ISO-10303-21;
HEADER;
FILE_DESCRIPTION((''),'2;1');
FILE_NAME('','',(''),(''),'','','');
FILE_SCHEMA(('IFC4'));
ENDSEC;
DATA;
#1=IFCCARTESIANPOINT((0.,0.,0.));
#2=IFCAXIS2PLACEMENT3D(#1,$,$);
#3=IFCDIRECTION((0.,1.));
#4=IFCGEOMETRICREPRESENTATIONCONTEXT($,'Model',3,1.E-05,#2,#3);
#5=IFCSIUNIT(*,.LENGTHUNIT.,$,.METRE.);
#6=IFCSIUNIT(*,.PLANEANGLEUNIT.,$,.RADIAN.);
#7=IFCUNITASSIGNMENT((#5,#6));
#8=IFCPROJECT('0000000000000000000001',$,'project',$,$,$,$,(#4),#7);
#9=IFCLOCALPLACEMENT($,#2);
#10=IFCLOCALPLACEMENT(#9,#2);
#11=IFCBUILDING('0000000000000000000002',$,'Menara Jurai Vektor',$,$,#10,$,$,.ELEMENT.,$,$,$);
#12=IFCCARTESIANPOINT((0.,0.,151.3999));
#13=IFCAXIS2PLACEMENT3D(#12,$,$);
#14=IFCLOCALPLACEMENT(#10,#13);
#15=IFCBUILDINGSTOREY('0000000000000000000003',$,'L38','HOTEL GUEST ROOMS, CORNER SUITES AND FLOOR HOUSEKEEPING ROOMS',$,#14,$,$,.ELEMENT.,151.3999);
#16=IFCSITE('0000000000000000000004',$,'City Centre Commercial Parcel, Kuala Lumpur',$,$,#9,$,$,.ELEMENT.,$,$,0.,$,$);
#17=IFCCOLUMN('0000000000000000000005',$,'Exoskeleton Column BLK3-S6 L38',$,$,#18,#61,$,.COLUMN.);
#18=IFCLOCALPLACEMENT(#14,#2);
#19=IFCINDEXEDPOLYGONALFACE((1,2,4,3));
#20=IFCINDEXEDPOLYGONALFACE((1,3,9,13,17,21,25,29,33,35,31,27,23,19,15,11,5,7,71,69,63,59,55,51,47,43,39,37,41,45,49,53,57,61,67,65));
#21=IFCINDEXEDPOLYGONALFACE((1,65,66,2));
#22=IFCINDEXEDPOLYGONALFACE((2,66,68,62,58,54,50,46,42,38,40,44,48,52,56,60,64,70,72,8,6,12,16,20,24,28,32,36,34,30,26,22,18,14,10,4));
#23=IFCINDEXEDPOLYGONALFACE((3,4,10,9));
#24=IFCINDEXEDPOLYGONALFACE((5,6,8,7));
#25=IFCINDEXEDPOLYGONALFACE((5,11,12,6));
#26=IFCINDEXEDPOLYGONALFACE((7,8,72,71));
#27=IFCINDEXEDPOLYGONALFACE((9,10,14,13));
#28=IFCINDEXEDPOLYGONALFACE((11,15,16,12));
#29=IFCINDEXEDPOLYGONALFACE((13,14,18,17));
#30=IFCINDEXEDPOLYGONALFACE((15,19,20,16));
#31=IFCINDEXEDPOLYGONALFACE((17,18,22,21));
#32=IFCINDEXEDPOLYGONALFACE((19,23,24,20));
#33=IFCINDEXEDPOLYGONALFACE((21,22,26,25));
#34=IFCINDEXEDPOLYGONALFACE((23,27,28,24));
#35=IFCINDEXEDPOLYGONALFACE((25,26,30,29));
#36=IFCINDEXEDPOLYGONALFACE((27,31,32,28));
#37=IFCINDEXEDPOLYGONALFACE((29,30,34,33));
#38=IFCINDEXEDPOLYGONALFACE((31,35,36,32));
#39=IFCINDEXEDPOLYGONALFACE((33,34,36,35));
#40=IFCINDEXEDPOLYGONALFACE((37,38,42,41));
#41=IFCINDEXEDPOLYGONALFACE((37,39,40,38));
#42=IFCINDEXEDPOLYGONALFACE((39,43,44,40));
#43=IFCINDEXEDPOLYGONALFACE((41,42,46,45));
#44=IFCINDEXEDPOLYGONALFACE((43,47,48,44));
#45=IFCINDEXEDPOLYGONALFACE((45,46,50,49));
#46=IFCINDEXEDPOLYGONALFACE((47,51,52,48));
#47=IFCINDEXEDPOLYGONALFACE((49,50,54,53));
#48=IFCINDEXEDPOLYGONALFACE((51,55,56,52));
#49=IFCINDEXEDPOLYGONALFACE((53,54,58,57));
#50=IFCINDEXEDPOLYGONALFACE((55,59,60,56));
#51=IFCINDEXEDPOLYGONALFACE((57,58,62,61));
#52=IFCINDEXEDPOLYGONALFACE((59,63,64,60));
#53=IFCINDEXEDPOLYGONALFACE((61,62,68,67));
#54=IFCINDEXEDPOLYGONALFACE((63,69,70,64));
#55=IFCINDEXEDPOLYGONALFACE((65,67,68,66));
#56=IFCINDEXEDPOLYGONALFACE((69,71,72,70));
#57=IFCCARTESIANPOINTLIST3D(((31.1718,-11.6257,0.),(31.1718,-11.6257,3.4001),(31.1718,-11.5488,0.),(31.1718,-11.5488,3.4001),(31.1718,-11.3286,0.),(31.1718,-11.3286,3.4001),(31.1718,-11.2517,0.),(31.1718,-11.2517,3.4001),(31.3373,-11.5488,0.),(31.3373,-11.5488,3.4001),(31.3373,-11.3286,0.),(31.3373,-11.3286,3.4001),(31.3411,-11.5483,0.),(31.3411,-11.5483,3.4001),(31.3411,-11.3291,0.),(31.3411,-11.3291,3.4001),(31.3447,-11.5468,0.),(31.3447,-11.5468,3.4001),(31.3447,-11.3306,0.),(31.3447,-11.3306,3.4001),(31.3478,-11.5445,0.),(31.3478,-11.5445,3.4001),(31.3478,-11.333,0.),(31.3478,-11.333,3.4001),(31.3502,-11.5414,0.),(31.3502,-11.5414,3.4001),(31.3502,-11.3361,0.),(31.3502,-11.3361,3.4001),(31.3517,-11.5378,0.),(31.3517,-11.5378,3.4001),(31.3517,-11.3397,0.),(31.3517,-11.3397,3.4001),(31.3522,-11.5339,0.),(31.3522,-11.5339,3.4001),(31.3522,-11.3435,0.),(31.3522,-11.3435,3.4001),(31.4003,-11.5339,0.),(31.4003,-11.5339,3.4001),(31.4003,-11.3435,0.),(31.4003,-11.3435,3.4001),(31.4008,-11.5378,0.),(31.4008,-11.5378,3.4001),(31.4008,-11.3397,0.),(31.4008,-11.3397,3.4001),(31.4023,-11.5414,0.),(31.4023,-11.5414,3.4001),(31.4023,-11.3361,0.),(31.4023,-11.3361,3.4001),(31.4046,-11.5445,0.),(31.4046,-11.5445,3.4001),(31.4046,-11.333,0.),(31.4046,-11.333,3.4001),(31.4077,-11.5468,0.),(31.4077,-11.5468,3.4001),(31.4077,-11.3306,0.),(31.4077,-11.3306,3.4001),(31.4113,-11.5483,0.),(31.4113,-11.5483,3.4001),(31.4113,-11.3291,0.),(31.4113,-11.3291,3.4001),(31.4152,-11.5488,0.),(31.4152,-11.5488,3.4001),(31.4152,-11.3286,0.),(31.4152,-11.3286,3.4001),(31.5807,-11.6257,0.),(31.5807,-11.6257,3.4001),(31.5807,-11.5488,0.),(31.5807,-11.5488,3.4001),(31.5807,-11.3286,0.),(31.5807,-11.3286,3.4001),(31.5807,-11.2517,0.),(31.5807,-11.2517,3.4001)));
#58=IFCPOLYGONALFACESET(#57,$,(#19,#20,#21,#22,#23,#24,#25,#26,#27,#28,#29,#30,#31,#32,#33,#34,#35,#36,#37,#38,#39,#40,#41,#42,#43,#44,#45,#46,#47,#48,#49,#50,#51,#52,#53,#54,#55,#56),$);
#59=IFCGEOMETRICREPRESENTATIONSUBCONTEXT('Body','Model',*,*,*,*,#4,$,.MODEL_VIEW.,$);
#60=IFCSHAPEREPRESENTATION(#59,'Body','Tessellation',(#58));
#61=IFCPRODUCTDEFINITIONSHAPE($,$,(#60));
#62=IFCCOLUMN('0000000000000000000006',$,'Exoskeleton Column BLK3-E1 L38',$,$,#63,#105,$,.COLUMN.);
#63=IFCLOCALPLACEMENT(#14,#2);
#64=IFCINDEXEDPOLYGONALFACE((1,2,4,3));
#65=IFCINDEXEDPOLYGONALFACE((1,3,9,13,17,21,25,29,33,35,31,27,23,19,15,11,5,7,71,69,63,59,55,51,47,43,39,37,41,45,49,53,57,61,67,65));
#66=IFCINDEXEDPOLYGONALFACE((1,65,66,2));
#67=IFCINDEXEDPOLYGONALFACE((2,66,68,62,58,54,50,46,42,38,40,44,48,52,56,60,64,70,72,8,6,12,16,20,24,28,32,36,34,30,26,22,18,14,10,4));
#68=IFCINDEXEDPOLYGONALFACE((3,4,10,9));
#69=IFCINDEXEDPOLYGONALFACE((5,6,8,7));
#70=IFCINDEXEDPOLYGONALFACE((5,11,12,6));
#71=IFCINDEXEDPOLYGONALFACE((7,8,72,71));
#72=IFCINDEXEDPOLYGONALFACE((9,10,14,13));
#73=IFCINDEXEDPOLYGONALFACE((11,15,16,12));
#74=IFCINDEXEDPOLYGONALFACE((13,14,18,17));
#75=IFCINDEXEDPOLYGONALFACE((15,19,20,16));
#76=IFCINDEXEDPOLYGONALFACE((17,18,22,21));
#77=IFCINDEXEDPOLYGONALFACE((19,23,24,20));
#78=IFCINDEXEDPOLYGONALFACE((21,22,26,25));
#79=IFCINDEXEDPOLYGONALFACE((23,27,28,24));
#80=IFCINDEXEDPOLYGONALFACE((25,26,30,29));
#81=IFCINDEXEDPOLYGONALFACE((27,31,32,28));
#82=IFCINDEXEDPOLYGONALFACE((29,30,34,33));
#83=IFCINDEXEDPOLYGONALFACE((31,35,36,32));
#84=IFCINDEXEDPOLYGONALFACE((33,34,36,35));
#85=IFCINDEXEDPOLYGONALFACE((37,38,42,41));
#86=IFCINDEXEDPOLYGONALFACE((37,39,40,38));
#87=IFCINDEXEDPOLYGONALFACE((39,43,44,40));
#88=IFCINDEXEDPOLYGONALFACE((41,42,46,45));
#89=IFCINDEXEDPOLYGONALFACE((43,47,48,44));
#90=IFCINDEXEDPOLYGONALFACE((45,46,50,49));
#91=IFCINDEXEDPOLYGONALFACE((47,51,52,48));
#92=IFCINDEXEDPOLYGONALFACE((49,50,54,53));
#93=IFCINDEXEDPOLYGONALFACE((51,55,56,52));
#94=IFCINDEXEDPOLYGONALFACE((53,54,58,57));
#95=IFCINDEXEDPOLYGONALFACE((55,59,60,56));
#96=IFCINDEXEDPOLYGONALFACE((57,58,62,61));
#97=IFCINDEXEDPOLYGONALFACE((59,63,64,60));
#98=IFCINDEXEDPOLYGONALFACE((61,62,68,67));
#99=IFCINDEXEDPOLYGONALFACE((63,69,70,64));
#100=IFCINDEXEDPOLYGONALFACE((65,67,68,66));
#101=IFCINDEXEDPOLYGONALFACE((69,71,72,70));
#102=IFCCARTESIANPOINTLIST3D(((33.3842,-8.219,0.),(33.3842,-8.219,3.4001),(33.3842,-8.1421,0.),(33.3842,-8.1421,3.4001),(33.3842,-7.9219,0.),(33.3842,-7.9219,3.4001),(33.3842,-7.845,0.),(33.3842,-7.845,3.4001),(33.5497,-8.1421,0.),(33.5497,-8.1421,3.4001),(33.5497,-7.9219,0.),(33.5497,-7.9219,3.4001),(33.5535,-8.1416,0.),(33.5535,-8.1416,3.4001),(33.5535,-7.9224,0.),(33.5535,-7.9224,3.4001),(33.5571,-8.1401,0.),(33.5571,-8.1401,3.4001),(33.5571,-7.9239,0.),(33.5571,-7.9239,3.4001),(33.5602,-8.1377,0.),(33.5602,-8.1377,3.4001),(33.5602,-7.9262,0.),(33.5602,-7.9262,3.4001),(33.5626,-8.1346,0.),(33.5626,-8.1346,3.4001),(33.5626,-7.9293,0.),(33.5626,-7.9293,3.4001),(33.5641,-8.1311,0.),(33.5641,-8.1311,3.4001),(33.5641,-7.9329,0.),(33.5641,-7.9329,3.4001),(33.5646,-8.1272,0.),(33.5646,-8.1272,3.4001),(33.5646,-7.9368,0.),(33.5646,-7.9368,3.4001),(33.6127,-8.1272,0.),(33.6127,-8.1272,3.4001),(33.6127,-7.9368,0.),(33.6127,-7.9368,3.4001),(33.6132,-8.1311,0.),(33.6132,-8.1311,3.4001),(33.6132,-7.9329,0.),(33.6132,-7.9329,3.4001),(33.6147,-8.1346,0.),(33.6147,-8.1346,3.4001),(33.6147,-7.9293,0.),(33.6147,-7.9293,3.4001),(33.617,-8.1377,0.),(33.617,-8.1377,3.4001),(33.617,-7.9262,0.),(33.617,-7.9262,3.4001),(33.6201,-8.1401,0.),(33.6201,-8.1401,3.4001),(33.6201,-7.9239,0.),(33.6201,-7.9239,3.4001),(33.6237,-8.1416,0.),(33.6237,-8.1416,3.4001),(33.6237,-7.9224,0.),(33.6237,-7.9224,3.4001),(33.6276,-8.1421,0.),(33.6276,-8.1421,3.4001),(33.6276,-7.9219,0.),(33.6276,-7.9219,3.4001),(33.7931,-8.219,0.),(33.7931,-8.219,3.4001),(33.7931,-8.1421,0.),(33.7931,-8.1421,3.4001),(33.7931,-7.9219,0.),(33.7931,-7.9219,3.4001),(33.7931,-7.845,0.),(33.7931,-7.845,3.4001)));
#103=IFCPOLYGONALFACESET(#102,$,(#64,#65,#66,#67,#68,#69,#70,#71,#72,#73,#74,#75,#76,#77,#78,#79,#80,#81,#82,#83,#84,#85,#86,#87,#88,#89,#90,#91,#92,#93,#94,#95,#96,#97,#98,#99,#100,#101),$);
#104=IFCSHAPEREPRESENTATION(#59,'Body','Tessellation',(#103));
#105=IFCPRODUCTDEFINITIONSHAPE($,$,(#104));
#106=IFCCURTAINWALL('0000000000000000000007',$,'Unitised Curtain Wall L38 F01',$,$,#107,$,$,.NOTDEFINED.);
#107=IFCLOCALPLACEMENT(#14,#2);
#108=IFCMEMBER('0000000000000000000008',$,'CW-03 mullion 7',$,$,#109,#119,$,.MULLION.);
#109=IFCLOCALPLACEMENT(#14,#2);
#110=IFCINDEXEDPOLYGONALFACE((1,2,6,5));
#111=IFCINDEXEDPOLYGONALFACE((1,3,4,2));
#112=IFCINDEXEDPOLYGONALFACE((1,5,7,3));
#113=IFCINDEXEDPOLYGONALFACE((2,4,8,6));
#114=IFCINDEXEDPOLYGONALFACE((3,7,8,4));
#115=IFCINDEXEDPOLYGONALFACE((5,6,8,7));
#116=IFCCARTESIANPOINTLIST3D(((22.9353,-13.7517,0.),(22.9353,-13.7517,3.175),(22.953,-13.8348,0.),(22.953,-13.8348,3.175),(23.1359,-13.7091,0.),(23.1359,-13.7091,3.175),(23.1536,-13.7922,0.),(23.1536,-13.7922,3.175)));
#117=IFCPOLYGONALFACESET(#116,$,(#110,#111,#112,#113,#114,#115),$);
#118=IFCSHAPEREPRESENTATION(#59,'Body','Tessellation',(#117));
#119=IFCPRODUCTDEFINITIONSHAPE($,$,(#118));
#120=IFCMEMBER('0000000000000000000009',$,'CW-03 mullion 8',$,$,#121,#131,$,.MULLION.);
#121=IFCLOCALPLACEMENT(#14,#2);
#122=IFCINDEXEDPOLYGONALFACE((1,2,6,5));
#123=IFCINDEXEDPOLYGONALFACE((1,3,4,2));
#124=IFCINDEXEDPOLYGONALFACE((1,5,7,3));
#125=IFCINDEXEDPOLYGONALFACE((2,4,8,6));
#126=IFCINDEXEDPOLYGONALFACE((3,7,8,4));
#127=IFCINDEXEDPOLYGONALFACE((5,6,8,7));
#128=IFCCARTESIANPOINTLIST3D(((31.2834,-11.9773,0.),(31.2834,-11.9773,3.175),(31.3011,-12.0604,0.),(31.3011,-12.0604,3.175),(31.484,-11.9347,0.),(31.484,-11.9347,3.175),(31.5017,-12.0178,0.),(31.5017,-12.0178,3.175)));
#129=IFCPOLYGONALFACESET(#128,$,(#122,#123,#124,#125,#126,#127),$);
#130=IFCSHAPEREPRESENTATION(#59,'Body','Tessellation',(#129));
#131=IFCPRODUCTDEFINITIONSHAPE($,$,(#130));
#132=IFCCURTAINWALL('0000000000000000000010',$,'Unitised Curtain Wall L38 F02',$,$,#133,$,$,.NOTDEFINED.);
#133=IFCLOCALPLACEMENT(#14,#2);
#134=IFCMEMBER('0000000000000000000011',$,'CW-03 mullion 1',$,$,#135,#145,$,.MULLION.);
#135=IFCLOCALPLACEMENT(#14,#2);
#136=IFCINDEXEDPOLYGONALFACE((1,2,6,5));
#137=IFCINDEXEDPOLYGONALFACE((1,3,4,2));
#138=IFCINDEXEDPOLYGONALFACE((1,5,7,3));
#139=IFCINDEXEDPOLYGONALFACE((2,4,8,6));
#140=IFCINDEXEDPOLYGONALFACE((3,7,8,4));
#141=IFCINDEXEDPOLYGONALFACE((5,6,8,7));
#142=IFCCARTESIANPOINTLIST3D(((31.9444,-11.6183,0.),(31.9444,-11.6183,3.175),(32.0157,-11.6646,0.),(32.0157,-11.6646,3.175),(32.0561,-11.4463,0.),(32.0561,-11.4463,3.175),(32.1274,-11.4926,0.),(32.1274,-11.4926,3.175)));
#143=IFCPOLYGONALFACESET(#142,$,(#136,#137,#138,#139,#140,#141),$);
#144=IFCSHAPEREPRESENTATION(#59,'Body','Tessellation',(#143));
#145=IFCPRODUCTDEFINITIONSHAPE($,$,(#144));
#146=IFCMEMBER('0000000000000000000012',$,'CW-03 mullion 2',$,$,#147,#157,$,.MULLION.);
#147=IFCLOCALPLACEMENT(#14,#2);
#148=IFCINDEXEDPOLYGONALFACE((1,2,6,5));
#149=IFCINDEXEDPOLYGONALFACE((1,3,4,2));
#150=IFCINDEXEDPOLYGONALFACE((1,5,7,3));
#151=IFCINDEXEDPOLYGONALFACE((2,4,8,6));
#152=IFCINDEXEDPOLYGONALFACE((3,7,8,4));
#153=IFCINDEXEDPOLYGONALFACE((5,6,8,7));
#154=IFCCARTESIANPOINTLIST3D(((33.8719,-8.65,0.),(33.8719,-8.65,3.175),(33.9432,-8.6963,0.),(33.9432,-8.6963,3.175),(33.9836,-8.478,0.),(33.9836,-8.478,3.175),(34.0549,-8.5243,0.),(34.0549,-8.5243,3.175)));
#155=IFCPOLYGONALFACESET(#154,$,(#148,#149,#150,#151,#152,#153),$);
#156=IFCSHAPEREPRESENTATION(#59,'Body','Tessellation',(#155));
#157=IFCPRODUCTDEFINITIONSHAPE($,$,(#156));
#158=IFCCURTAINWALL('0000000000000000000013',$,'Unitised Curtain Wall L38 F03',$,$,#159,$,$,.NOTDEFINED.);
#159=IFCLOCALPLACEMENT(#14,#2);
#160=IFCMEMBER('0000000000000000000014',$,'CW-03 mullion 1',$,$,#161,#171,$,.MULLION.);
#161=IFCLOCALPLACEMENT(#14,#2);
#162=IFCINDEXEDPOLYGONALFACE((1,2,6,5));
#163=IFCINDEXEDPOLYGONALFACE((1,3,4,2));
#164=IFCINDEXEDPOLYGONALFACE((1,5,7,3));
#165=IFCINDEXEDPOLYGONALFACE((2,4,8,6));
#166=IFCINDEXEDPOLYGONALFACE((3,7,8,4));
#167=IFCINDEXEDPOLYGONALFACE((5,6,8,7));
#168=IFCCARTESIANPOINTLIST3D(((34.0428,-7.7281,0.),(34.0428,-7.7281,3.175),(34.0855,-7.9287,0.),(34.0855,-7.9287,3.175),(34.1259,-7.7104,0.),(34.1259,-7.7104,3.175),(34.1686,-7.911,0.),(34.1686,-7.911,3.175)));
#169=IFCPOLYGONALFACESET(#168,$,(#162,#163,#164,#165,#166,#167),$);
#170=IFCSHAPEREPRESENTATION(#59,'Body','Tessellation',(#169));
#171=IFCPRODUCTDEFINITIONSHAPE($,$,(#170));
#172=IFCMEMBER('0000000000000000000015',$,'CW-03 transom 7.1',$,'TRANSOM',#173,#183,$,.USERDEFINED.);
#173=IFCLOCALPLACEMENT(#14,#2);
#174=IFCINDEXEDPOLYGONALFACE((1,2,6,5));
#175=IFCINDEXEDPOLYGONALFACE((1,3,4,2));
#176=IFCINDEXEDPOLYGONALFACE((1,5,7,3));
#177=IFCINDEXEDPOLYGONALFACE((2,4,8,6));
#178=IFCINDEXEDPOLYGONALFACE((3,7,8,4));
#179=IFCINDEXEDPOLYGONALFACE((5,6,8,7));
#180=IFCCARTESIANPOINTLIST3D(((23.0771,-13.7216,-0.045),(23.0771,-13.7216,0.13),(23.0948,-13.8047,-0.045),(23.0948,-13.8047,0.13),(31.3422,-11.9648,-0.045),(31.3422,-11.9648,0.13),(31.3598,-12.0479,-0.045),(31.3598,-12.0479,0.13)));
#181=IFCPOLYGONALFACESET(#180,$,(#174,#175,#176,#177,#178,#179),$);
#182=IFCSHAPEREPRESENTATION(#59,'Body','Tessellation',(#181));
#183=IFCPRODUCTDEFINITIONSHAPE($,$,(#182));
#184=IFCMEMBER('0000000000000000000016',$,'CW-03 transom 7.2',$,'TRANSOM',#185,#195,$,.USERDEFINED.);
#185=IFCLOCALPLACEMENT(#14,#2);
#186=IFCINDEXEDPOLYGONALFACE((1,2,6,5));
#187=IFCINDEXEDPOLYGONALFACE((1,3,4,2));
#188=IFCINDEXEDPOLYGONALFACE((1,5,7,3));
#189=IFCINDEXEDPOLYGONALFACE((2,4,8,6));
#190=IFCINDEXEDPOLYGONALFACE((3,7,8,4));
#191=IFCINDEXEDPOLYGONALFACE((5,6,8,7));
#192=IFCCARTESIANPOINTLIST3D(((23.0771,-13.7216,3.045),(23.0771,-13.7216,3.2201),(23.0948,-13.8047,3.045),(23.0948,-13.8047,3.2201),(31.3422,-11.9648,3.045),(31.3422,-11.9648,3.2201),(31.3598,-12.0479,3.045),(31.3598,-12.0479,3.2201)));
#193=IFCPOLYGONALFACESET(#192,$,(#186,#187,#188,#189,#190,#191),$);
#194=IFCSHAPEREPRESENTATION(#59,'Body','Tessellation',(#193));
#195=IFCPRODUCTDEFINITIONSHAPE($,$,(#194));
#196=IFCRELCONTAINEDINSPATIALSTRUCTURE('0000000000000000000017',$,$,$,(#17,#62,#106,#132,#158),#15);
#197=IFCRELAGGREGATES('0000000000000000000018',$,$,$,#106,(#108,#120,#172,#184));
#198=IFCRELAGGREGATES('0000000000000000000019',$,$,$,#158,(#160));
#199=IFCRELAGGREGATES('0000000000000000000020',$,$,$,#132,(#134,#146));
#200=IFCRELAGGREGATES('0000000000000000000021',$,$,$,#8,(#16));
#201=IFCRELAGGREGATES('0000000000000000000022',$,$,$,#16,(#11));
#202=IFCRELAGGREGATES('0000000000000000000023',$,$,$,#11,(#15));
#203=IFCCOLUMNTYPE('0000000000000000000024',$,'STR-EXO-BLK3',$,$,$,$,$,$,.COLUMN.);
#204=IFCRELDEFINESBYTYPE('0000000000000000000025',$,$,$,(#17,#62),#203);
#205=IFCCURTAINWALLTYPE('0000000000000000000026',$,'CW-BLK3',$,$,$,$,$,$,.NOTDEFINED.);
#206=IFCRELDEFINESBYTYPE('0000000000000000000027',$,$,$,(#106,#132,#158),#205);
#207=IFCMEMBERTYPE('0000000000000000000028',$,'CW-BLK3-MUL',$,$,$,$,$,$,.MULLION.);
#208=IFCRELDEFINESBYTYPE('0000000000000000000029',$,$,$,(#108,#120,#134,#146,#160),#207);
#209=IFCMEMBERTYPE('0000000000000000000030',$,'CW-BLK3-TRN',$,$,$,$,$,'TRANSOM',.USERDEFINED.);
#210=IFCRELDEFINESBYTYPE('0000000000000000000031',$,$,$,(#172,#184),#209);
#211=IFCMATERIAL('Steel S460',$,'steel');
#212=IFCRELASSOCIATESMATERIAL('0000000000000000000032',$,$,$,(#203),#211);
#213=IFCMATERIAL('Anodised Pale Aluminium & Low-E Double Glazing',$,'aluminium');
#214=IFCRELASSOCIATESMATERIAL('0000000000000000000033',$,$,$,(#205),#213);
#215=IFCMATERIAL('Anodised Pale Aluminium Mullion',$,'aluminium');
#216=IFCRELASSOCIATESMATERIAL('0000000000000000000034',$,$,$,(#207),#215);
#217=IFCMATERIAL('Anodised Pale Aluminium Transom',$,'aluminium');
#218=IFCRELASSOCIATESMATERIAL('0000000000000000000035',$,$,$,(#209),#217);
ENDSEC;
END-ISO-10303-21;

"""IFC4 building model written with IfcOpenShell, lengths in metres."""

from ifc_helpers import new_model, si_unit, direction, frame, origin, origin_2d, place, context, subcontext, project, spatial, rectangle, i_section, extrude, material, material_profile, profile_set, type_object, element, aggregate, save


model = new_model("IFC4")

# Units and contexts
model_context = context("Model", 3, precision=1e-05, world=origin(), true_north=direction((0.0, 1.0)))
body_context = subcontext(model_context, "Body", "Model", "MODEL_VIEW")
ifc_project = project(units=[si_unit("LENGTHUNIT", "METRE"), si_unit("PLANEANGLEUNIT", "RADIAN")], contexts=[model_context])

# Site, building, storey
site_placement = place(None, origin())
site = spatial("IfcSite", under=ifc_project, at=site_placement, Name="City Centre Commercial Parcel, Kuala Lumpur", CompositionType="ELEMENT", RefElevation=0.0)
building_placement = place(site_placement, origin())
building = spatial("IfcBuilding", under=site, at=building_placement, Name="Menara Jurai Vektor", CompositionType="ELEMENT")
storey_placement = place(building_placement, frame((0.0, 0.0, 151.3999)))
storey = spatial("IfcBuildingStorey", under=building, at=storey_placement, Name="L38", Description="HOTEL GUEST ROOMS, CORNER SUITES AND FLOOR HOUSEKEEPING ROOMS", CompositionType="ELEMENT", Elevation=151.3999)

# Columns
ifc_material_1 = material(Name="Steel S460", Category="steel")
ifc_material_profile_1 = material_profile(ifc_material_1, i_section(OverallWidth=0.4089, OverallDepth=0.374, WebThickness=0.0481, FlangeThickness=0.0769, FilletRadius=0.0149, at=origin_2d()), Name="HD 400x634")
ifc_profile_set_1 = profile_set([ifc_material_profile_1], Name="Steel S460")
column_type = type_object("IfcColumnType", Name="STR-EXO-BLK3", PredefinedType="COLUMN", material=ifc_profile_set_1)
for number, where, z_axis, x_axis, name in (
    (1, (31.3762, -11.4387, 0.0), (0.0, 0.0, 1.0), (1.0, 0.0, 0.0), "Exoskeleton Column BLK3-S6 L38"),
    (2, (33.5886, -8.032, 0.0), (0.0, 0.0, 1.0), (1.0, 0.0, 0.0), "Exoskeleton Column BLK3-E1 L38"),
):
    element("IfcColumn", number, at=place(storey_placement, frame(where, z_axis=z_axis, x_axis=x_axis)), inside=storey, type_object=column_type, Name=name, PredefinedType="COLUMN", context=body_context, shape_type="SweptSolid", body=[
        extrude(i_section(OverallWidth=0.4089, OverallDepth=0.374, WebThickness=0.0481, FlangeThickness=0.0769, FilletRadius=0.0149, at=origin_2d()), origin(), (0.0, 0.0, 1.0), 3.4001),
    ])

# Curtain walls, members
ifc_material_2 = material(Name="Anodised Pale Aluminium & Low-E Double Glazing", Category="aluminium")
curtain_wall_type = type_object("IfcCurtainWallType", Name="CW-BLK3", PredefinedType="NOTDEFINED", material=ifc_material_2)
curtain_wall_1_placement = place(storey_placement, origin())
curtain_wall_1 = element("IfcCurtainWall", 3, at=curtain_wall_1_placement, inside=storey, type_object=curtain_wall_type, Name="Unitised Curtain Wall L38 F01", PredefinedType="NOTDEFINED")
ifc_material_3 = material(Name="Anodised Pale Aluminium Mullion", Category="aluminium")
ifc_material_profile_2 = material_profile(ifc_material_3, rectangle(XDim=0.085, YDim=0.2051, at=origin_2d()), Name="ALU MUL 85x205")
ifc_profile_set_2 = profile_set([ifc_material_profile_2], Name="Anodised Pale Aluminium Mullion")
member_type_1 = type_object("IfcMemberType", Name="CW-BLK3-MUL", PredefinedType="MULLION", material=ifc_profile_set_2)
member_1_placement = place(storey_placement, frame((23.0444, -13.772, 0.0), z_axis=(0.0, 0.0, 1.0), x_axis=(-0.207911, 0.978148, 0.0)))
member_1 = element("IfcMember", 4, at=member_1_placement, type_object=member_type_1, Name="CW-03 mullion 7", PredefinedType="MULLION", context=body_context, shape_type="SweptSolid", body=[
    extrude(rectangle(XDim=0.085, YDim=0.2051, at=origin_2d()), origin(), (0.0, 0.0, 1.0), 3.175),
])
member_2_placement = place(storey_placement, frame((31.3926, -11.9976, 0.0), z_axis=(0.0, 0.0, 1.0), x_axis=(-0.207911, 0.978148, 0.0)))
member_2 = element("IfcMember", 5, at=member_2_placement, type_object=member_type_1, Name="CW-03 mullion 8", PredefinedType="MULLION", context=body_context, shape_type="SweptSolid", body=[
    extrude(rectangle(XDim=0.085, YDim=0.2051, at=origin_2d()), origin(), (0.0, 0.0, 1.0), 3.175),
])
curtain_wall_2_placement = place(storey_placement, origin())
curtain_wall_2 = element("IfcCurtainWall", 6, at=curtain_wall_2_placement, inside=storey, type_object=curtain_wall_type, Name="Unitised Curtain Wall L38 F02", PredefinedType="NOTDEFINED")
member_3_placement = place(storey_placement, frame((32.0359, -11.5554, 0.0), z_axis=(0.0, 0.0, 1.0), x_axis=(-0.838684, 0.544618, 0.0)))
member_3 = element("IfcMember", 7, at=member_3_placement, type_object=member_type_1, Name="CW-03 mullion 1", PredefinedType="MULLION", context=body_context, shape_type="SweptSolid", body=[
    extrude(rectangle(XDim=0.085, YDim=0.2051, at=origin_2d()), origin(), (0.0, 0.0, 1.0), 3.175),
])
member_4_placement = place(storey_placement, frame((33.9634, -8.5872, 0.0), z_axis=(0.0, 0.0, 1.0), x_axis=(-0.838684, 0.544618, 0.0)))
member_4 = element("IfcMember", 8, at=member_4_placement, type_object=member_type_1, Name="CW-03 mullion 2", PredefinedType="MULLION", context=body_context, shape_type="SweptSolid", body=[
    extrude(rectangle(XDim=0.085, YDim=0.2051, at=origin_2d()), origin(), (0.0, 0.0, 1.0), 3.175),
])

# Curtain wall, member
curtain_wall_3_placement = place(storey_placement, origin())
curtain_wall_3 = element("IfcCurtainWall", 9, at=curtain_wall_3_placement, inside=storey, type_object=curtain_wall_type, Name="Unitised Curtain Wall L38 F03", PredefinedType="NOTDEFINED")
member_5_placement = place(storey_placement, frame((34.1057, -7.8196, 0.0), z_axis=(0.0, 0.0, 1.0), x_axis=(-0.978148, -0.20791, 0.0)))
member_5 = element("IfcMember", 10, at=member_5_placement, type_object=member_type_1, Name="CW-03 mullion 1", PredefinedType="MULLION", context=body_context, shape_type="SweptSolid", body=[
    extrude(rectangle(XDim=0.085, YDim=0.2051, at=origin_2d()), origin(), (0.0, 0.0, 1.0), 3.175),
])

# Members
ifc_material_4 = material(Name="Anodised Pale Aluminium Transom", Category="aluminium")
ifc_material_profile_3 = material_profile(ifc_material_4, rectangle(XDim=0.085, YDim=0.175, at=origin_2d()), Name="ALU TRN 85x175")
ifc_profile_set_3 = profile_set([ifc_material_profile_3], Name="Anodised Pale Aluminium Transom")
member_type_2 = type_object("IfcMemberType", Name="CW-BLK3-TRN", ElementType="TRANSOM", PredefinedType="USERDEFINED", material=ifc_profile_set_3)
member_6_placement = place(storey_placement, frame((23.0859, -13.7632, 0.0425), z_axis=(0.978147, 0.207915, 0.0), x_axis=(-0.207915, 0.978147, 0.0)))
member_6 = element("IfcMember", 11, at=member_6_placement, type_object=member_type_2, Name="CW-03 transom 7.1", ObjectType="TRANSOM", PredefinedType="USERDEFINED", context=body_context, shape_type="SweptSolid", body=[
    extrude(rectangle(XDim=0.085, YDim=0.175, at=origin_2d()), origin(), (0.0, 0.0, 1.0), 8.4497),
])
member_7_placement = place(storey_placement, frame((23.0859, -13.7632, 3.1326), z_axis=(0.978147, 0.207915, 0.0), x_axis=(-0.207915, 0.978147, 0.0)))
member_7 = element("IfcMember", 12, at=member_7_placement, type_object=member_type_2, Name="CW-03 transom 7.2", ObjectType="TRANSOM", PredefinedType="USERDEFINED", context=body_context, shape_type="SweptSolid", body=[
    extrude(rectangle(XDim=0.085, YDim=0.175, at=origin_2d()), origin(), (0.0, 0.0, 1.0), 8.4497),
])

aggregate(curtain_wall_1, [member_1, member_2, member_6, member_7])
aggregate(curtain_wall_3, [member_5])
aggregate(curtain_wall_2, [member_3, member_4])

save(model, "model.ifc")
